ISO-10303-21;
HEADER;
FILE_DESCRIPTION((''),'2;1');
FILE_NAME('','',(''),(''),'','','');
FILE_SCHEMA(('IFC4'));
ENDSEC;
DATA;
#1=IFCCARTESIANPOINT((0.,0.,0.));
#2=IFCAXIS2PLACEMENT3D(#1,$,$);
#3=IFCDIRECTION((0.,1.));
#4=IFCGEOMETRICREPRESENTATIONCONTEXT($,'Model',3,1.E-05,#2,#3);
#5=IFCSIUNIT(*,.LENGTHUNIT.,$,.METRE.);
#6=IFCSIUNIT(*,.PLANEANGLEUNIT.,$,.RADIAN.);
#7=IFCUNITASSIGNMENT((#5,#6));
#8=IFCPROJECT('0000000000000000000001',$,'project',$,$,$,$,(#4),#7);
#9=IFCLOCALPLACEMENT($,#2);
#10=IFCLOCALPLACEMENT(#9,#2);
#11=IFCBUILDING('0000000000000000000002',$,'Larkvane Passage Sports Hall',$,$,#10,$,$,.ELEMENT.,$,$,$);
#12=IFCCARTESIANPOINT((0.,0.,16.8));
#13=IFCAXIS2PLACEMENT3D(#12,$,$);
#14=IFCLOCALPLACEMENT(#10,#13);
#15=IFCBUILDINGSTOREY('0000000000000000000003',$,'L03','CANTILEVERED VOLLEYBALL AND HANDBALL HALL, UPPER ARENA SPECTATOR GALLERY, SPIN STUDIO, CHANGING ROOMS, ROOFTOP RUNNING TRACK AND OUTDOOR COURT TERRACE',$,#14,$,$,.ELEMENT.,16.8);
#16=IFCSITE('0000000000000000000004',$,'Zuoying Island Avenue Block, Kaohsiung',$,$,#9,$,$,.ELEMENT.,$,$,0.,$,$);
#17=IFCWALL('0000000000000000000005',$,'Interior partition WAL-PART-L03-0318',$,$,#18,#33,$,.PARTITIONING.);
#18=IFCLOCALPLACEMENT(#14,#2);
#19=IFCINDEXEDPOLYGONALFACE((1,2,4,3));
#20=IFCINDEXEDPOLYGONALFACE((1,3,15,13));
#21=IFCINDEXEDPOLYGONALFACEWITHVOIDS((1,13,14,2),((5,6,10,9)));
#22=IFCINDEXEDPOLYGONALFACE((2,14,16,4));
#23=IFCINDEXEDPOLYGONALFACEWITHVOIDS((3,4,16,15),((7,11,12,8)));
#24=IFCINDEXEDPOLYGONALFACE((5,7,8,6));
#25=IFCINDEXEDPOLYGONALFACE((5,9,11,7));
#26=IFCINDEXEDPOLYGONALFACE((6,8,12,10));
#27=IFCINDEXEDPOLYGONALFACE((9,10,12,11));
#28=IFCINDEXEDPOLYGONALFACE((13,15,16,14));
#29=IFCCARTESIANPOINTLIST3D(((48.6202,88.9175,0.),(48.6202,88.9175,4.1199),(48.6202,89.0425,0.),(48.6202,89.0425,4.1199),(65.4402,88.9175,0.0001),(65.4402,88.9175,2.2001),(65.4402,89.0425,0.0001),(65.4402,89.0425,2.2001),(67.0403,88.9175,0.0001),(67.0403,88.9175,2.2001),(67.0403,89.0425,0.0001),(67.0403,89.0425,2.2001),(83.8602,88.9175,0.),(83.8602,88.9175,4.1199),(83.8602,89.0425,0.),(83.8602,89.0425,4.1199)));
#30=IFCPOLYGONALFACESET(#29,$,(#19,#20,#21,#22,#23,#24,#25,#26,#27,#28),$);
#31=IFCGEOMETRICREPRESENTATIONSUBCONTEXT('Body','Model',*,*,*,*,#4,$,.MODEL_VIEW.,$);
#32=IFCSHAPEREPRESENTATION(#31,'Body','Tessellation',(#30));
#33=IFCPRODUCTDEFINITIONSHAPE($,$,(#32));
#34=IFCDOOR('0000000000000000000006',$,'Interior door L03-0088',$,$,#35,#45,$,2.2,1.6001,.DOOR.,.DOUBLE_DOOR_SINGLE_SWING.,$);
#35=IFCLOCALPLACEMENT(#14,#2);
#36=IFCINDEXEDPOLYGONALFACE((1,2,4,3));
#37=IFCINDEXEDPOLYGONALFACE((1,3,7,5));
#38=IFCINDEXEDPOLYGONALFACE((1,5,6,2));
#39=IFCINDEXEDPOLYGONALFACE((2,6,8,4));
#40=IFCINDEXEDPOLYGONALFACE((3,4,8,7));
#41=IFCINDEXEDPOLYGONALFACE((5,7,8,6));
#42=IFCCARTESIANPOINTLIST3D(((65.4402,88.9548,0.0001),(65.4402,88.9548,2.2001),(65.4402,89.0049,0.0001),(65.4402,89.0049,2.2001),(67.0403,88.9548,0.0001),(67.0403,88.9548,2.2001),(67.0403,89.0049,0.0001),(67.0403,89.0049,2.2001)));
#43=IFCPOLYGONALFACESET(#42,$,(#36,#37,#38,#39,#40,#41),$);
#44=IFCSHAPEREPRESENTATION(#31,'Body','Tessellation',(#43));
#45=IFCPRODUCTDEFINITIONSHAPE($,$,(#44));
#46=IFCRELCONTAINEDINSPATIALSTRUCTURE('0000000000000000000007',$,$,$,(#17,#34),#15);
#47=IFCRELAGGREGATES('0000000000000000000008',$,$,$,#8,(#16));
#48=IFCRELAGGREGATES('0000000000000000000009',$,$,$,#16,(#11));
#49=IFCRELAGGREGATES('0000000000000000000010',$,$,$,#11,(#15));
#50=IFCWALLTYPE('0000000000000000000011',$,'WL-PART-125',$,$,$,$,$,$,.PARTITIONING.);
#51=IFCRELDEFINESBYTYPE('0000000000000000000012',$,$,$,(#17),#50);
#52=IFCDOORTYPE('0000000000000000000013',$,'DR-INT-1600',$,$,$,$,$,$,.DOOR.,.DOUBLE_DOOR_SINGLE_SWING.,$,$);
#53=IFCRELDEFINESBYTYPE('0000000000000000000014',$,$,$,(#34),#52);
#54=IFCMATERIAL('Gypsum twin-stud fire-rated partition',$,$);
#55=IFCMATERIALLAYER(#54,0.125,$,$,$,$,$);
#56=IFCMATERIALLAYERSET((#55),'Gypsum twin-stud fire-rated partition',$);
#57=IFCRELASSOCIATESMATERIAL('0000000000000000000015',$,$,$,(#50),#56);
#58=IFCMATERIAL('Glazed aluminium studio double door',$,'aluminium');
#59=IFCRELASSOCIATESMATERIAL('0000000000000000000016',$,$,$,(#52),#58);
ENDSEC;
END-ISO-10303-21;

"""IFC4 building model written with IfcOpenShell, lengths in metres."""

from ifc_helpers import new_model, si_unit, direction, frame, frame_2d, origin, place, context, subcontext, project, spatial, rectangle, extrude, material, layer, layer_set, type_object, element, fill, save


model = new_model("IFC4")

# Units and contexts
model_context = context("Model", 3, precision=1e-05, world=origin(), true_north=direction((0.0, 1.0)))
body_context = subcontext(model_context, "Body", "Model", "MODEL_VIEW")
ifc_project = project(units=[si_unit("LENGTHUNIT", "METRE"), si_unit("PLANEANGLEUNIT", "RADIAN")], contexts=[model_context])

# Site, building, storey
site_placement = place(None, origin())
site = spatial("IfcSite", under=ifc_project, at=site_placement, Name="Zuoying Island Avenue Block, Kaohsiung", CompositionType="ELEMENT", RefElevation=0.0)
building_placement = place(site_placement, origin())
building = spatial("IfcBuilding", under=site, at=building_placement, Name="Larkvane Passage Sports Hall", CompositionType="ELEMENT")
storey_placement = place(building_placement, frame((0.0, 0.0, 16.8)))
storey = spatial("IfcBuildingStorey", under=building, at=storey_placement, Name="L03", Description="CANTILEVERED VOLLEYBALL AND HANDBALL HALL, UPPER ARENA SPECTATOR GALLERY, SPIN STUDIO, CHANGING ROOMS, ROOFTOP RUNNING TRACK AND OUTDOOR COURT TERRACE", CompositionType="ELEMENT", Elevation=16.8)

# Wall, opening, door
ifc_material_1 = material(Name="Gypsum twin-stud fire-rated partition")
ifc_layer_1 = layer(ifc_material_1, 0.125)
ifc_layer_set_1 = layer_set([ifc_layer_1], Name="Gypsum twin-stud fire-rated partition")
wall_type = type_object("IfcWallType", Name="WL-PART-125", PredefinedType="PARTITIONING", material=ifc_layer_set_1)
wall_placement = place(storey_placement, frame((48.6201, 88.98, 0.0), z_axis=(0.0, 0.0, 1.0), x_axis=(1.0, 0.0, 0.0)))
wall = element("IfcWall", 1, at=wall_placement, inside=storey, type_object=wall_type, Name="Interior partition WAL-PART-L03-0318", PredefinedType="PARTITIONING", context=body_context, shape_type="SweptSolid", body=[
    extrude(rectangle(XDim=35.24, YDim=0.125, at=frame_2d((17.6201, 0.0))), origin(), (0.0, 0.0, 1.0), 4.1199),
])
opening_placement = place(wall_placement, frame((16.8201, 0.0, 0.0)))
opening = element("IfcOpeningElement", 2, at=opening_placement, cuts=wall, PredefinedType="OPENING", context=body_context, shape_type="SweptSolid", body=[
    extrude(rectangle(XDim=1.6001, YDim=2.2, at=frame_2d((0.8, 1.1001))), frame((0.0, 0.0725, 0.0), z_axis=(0.0, -1.0, 0.0), x_axis=(1.0, 0.0, 0.0)), (0.0, 0.0, 1.0), 0.145),
])
ifc_material_2 = material(Name="Glazed aluminium studio double door", Category="aluminium")
door_type = type_object("IfcDoorType", Name="DR-INT-1600", OperationType="DOUBLE_DOOR_SINGLE_SWING", PredefinedType="DOOR", material=ifc_material_2)
door_placement = place(opening_placement, origin())
door = element("IfcDoor", 3, at=door_placement, inside=storey, type_object=door_type, Name="Interior door L03-0088", OperationType="DOUBLE_DOOR_SINGLE_SWING", OverallHeight=2.2, OverallWidth=1.6001, PredefinedType="DOOR", context=body_context, shape_type="SweptSolid", body=[
    extrude(rectangle(XDim=1.6001, YDim=2.2, at=frame_2d((0.8, 1.1001))), frame((0.0, 0.0249, 0.0), z_axis=(0.0, -1.0, 0.0), x_axis=(1.0, 0.0, 0.0)), (0.0, 0.0, 1.0), 0.05),
])
fill(opening, door)

save(model, "model.ifc")
